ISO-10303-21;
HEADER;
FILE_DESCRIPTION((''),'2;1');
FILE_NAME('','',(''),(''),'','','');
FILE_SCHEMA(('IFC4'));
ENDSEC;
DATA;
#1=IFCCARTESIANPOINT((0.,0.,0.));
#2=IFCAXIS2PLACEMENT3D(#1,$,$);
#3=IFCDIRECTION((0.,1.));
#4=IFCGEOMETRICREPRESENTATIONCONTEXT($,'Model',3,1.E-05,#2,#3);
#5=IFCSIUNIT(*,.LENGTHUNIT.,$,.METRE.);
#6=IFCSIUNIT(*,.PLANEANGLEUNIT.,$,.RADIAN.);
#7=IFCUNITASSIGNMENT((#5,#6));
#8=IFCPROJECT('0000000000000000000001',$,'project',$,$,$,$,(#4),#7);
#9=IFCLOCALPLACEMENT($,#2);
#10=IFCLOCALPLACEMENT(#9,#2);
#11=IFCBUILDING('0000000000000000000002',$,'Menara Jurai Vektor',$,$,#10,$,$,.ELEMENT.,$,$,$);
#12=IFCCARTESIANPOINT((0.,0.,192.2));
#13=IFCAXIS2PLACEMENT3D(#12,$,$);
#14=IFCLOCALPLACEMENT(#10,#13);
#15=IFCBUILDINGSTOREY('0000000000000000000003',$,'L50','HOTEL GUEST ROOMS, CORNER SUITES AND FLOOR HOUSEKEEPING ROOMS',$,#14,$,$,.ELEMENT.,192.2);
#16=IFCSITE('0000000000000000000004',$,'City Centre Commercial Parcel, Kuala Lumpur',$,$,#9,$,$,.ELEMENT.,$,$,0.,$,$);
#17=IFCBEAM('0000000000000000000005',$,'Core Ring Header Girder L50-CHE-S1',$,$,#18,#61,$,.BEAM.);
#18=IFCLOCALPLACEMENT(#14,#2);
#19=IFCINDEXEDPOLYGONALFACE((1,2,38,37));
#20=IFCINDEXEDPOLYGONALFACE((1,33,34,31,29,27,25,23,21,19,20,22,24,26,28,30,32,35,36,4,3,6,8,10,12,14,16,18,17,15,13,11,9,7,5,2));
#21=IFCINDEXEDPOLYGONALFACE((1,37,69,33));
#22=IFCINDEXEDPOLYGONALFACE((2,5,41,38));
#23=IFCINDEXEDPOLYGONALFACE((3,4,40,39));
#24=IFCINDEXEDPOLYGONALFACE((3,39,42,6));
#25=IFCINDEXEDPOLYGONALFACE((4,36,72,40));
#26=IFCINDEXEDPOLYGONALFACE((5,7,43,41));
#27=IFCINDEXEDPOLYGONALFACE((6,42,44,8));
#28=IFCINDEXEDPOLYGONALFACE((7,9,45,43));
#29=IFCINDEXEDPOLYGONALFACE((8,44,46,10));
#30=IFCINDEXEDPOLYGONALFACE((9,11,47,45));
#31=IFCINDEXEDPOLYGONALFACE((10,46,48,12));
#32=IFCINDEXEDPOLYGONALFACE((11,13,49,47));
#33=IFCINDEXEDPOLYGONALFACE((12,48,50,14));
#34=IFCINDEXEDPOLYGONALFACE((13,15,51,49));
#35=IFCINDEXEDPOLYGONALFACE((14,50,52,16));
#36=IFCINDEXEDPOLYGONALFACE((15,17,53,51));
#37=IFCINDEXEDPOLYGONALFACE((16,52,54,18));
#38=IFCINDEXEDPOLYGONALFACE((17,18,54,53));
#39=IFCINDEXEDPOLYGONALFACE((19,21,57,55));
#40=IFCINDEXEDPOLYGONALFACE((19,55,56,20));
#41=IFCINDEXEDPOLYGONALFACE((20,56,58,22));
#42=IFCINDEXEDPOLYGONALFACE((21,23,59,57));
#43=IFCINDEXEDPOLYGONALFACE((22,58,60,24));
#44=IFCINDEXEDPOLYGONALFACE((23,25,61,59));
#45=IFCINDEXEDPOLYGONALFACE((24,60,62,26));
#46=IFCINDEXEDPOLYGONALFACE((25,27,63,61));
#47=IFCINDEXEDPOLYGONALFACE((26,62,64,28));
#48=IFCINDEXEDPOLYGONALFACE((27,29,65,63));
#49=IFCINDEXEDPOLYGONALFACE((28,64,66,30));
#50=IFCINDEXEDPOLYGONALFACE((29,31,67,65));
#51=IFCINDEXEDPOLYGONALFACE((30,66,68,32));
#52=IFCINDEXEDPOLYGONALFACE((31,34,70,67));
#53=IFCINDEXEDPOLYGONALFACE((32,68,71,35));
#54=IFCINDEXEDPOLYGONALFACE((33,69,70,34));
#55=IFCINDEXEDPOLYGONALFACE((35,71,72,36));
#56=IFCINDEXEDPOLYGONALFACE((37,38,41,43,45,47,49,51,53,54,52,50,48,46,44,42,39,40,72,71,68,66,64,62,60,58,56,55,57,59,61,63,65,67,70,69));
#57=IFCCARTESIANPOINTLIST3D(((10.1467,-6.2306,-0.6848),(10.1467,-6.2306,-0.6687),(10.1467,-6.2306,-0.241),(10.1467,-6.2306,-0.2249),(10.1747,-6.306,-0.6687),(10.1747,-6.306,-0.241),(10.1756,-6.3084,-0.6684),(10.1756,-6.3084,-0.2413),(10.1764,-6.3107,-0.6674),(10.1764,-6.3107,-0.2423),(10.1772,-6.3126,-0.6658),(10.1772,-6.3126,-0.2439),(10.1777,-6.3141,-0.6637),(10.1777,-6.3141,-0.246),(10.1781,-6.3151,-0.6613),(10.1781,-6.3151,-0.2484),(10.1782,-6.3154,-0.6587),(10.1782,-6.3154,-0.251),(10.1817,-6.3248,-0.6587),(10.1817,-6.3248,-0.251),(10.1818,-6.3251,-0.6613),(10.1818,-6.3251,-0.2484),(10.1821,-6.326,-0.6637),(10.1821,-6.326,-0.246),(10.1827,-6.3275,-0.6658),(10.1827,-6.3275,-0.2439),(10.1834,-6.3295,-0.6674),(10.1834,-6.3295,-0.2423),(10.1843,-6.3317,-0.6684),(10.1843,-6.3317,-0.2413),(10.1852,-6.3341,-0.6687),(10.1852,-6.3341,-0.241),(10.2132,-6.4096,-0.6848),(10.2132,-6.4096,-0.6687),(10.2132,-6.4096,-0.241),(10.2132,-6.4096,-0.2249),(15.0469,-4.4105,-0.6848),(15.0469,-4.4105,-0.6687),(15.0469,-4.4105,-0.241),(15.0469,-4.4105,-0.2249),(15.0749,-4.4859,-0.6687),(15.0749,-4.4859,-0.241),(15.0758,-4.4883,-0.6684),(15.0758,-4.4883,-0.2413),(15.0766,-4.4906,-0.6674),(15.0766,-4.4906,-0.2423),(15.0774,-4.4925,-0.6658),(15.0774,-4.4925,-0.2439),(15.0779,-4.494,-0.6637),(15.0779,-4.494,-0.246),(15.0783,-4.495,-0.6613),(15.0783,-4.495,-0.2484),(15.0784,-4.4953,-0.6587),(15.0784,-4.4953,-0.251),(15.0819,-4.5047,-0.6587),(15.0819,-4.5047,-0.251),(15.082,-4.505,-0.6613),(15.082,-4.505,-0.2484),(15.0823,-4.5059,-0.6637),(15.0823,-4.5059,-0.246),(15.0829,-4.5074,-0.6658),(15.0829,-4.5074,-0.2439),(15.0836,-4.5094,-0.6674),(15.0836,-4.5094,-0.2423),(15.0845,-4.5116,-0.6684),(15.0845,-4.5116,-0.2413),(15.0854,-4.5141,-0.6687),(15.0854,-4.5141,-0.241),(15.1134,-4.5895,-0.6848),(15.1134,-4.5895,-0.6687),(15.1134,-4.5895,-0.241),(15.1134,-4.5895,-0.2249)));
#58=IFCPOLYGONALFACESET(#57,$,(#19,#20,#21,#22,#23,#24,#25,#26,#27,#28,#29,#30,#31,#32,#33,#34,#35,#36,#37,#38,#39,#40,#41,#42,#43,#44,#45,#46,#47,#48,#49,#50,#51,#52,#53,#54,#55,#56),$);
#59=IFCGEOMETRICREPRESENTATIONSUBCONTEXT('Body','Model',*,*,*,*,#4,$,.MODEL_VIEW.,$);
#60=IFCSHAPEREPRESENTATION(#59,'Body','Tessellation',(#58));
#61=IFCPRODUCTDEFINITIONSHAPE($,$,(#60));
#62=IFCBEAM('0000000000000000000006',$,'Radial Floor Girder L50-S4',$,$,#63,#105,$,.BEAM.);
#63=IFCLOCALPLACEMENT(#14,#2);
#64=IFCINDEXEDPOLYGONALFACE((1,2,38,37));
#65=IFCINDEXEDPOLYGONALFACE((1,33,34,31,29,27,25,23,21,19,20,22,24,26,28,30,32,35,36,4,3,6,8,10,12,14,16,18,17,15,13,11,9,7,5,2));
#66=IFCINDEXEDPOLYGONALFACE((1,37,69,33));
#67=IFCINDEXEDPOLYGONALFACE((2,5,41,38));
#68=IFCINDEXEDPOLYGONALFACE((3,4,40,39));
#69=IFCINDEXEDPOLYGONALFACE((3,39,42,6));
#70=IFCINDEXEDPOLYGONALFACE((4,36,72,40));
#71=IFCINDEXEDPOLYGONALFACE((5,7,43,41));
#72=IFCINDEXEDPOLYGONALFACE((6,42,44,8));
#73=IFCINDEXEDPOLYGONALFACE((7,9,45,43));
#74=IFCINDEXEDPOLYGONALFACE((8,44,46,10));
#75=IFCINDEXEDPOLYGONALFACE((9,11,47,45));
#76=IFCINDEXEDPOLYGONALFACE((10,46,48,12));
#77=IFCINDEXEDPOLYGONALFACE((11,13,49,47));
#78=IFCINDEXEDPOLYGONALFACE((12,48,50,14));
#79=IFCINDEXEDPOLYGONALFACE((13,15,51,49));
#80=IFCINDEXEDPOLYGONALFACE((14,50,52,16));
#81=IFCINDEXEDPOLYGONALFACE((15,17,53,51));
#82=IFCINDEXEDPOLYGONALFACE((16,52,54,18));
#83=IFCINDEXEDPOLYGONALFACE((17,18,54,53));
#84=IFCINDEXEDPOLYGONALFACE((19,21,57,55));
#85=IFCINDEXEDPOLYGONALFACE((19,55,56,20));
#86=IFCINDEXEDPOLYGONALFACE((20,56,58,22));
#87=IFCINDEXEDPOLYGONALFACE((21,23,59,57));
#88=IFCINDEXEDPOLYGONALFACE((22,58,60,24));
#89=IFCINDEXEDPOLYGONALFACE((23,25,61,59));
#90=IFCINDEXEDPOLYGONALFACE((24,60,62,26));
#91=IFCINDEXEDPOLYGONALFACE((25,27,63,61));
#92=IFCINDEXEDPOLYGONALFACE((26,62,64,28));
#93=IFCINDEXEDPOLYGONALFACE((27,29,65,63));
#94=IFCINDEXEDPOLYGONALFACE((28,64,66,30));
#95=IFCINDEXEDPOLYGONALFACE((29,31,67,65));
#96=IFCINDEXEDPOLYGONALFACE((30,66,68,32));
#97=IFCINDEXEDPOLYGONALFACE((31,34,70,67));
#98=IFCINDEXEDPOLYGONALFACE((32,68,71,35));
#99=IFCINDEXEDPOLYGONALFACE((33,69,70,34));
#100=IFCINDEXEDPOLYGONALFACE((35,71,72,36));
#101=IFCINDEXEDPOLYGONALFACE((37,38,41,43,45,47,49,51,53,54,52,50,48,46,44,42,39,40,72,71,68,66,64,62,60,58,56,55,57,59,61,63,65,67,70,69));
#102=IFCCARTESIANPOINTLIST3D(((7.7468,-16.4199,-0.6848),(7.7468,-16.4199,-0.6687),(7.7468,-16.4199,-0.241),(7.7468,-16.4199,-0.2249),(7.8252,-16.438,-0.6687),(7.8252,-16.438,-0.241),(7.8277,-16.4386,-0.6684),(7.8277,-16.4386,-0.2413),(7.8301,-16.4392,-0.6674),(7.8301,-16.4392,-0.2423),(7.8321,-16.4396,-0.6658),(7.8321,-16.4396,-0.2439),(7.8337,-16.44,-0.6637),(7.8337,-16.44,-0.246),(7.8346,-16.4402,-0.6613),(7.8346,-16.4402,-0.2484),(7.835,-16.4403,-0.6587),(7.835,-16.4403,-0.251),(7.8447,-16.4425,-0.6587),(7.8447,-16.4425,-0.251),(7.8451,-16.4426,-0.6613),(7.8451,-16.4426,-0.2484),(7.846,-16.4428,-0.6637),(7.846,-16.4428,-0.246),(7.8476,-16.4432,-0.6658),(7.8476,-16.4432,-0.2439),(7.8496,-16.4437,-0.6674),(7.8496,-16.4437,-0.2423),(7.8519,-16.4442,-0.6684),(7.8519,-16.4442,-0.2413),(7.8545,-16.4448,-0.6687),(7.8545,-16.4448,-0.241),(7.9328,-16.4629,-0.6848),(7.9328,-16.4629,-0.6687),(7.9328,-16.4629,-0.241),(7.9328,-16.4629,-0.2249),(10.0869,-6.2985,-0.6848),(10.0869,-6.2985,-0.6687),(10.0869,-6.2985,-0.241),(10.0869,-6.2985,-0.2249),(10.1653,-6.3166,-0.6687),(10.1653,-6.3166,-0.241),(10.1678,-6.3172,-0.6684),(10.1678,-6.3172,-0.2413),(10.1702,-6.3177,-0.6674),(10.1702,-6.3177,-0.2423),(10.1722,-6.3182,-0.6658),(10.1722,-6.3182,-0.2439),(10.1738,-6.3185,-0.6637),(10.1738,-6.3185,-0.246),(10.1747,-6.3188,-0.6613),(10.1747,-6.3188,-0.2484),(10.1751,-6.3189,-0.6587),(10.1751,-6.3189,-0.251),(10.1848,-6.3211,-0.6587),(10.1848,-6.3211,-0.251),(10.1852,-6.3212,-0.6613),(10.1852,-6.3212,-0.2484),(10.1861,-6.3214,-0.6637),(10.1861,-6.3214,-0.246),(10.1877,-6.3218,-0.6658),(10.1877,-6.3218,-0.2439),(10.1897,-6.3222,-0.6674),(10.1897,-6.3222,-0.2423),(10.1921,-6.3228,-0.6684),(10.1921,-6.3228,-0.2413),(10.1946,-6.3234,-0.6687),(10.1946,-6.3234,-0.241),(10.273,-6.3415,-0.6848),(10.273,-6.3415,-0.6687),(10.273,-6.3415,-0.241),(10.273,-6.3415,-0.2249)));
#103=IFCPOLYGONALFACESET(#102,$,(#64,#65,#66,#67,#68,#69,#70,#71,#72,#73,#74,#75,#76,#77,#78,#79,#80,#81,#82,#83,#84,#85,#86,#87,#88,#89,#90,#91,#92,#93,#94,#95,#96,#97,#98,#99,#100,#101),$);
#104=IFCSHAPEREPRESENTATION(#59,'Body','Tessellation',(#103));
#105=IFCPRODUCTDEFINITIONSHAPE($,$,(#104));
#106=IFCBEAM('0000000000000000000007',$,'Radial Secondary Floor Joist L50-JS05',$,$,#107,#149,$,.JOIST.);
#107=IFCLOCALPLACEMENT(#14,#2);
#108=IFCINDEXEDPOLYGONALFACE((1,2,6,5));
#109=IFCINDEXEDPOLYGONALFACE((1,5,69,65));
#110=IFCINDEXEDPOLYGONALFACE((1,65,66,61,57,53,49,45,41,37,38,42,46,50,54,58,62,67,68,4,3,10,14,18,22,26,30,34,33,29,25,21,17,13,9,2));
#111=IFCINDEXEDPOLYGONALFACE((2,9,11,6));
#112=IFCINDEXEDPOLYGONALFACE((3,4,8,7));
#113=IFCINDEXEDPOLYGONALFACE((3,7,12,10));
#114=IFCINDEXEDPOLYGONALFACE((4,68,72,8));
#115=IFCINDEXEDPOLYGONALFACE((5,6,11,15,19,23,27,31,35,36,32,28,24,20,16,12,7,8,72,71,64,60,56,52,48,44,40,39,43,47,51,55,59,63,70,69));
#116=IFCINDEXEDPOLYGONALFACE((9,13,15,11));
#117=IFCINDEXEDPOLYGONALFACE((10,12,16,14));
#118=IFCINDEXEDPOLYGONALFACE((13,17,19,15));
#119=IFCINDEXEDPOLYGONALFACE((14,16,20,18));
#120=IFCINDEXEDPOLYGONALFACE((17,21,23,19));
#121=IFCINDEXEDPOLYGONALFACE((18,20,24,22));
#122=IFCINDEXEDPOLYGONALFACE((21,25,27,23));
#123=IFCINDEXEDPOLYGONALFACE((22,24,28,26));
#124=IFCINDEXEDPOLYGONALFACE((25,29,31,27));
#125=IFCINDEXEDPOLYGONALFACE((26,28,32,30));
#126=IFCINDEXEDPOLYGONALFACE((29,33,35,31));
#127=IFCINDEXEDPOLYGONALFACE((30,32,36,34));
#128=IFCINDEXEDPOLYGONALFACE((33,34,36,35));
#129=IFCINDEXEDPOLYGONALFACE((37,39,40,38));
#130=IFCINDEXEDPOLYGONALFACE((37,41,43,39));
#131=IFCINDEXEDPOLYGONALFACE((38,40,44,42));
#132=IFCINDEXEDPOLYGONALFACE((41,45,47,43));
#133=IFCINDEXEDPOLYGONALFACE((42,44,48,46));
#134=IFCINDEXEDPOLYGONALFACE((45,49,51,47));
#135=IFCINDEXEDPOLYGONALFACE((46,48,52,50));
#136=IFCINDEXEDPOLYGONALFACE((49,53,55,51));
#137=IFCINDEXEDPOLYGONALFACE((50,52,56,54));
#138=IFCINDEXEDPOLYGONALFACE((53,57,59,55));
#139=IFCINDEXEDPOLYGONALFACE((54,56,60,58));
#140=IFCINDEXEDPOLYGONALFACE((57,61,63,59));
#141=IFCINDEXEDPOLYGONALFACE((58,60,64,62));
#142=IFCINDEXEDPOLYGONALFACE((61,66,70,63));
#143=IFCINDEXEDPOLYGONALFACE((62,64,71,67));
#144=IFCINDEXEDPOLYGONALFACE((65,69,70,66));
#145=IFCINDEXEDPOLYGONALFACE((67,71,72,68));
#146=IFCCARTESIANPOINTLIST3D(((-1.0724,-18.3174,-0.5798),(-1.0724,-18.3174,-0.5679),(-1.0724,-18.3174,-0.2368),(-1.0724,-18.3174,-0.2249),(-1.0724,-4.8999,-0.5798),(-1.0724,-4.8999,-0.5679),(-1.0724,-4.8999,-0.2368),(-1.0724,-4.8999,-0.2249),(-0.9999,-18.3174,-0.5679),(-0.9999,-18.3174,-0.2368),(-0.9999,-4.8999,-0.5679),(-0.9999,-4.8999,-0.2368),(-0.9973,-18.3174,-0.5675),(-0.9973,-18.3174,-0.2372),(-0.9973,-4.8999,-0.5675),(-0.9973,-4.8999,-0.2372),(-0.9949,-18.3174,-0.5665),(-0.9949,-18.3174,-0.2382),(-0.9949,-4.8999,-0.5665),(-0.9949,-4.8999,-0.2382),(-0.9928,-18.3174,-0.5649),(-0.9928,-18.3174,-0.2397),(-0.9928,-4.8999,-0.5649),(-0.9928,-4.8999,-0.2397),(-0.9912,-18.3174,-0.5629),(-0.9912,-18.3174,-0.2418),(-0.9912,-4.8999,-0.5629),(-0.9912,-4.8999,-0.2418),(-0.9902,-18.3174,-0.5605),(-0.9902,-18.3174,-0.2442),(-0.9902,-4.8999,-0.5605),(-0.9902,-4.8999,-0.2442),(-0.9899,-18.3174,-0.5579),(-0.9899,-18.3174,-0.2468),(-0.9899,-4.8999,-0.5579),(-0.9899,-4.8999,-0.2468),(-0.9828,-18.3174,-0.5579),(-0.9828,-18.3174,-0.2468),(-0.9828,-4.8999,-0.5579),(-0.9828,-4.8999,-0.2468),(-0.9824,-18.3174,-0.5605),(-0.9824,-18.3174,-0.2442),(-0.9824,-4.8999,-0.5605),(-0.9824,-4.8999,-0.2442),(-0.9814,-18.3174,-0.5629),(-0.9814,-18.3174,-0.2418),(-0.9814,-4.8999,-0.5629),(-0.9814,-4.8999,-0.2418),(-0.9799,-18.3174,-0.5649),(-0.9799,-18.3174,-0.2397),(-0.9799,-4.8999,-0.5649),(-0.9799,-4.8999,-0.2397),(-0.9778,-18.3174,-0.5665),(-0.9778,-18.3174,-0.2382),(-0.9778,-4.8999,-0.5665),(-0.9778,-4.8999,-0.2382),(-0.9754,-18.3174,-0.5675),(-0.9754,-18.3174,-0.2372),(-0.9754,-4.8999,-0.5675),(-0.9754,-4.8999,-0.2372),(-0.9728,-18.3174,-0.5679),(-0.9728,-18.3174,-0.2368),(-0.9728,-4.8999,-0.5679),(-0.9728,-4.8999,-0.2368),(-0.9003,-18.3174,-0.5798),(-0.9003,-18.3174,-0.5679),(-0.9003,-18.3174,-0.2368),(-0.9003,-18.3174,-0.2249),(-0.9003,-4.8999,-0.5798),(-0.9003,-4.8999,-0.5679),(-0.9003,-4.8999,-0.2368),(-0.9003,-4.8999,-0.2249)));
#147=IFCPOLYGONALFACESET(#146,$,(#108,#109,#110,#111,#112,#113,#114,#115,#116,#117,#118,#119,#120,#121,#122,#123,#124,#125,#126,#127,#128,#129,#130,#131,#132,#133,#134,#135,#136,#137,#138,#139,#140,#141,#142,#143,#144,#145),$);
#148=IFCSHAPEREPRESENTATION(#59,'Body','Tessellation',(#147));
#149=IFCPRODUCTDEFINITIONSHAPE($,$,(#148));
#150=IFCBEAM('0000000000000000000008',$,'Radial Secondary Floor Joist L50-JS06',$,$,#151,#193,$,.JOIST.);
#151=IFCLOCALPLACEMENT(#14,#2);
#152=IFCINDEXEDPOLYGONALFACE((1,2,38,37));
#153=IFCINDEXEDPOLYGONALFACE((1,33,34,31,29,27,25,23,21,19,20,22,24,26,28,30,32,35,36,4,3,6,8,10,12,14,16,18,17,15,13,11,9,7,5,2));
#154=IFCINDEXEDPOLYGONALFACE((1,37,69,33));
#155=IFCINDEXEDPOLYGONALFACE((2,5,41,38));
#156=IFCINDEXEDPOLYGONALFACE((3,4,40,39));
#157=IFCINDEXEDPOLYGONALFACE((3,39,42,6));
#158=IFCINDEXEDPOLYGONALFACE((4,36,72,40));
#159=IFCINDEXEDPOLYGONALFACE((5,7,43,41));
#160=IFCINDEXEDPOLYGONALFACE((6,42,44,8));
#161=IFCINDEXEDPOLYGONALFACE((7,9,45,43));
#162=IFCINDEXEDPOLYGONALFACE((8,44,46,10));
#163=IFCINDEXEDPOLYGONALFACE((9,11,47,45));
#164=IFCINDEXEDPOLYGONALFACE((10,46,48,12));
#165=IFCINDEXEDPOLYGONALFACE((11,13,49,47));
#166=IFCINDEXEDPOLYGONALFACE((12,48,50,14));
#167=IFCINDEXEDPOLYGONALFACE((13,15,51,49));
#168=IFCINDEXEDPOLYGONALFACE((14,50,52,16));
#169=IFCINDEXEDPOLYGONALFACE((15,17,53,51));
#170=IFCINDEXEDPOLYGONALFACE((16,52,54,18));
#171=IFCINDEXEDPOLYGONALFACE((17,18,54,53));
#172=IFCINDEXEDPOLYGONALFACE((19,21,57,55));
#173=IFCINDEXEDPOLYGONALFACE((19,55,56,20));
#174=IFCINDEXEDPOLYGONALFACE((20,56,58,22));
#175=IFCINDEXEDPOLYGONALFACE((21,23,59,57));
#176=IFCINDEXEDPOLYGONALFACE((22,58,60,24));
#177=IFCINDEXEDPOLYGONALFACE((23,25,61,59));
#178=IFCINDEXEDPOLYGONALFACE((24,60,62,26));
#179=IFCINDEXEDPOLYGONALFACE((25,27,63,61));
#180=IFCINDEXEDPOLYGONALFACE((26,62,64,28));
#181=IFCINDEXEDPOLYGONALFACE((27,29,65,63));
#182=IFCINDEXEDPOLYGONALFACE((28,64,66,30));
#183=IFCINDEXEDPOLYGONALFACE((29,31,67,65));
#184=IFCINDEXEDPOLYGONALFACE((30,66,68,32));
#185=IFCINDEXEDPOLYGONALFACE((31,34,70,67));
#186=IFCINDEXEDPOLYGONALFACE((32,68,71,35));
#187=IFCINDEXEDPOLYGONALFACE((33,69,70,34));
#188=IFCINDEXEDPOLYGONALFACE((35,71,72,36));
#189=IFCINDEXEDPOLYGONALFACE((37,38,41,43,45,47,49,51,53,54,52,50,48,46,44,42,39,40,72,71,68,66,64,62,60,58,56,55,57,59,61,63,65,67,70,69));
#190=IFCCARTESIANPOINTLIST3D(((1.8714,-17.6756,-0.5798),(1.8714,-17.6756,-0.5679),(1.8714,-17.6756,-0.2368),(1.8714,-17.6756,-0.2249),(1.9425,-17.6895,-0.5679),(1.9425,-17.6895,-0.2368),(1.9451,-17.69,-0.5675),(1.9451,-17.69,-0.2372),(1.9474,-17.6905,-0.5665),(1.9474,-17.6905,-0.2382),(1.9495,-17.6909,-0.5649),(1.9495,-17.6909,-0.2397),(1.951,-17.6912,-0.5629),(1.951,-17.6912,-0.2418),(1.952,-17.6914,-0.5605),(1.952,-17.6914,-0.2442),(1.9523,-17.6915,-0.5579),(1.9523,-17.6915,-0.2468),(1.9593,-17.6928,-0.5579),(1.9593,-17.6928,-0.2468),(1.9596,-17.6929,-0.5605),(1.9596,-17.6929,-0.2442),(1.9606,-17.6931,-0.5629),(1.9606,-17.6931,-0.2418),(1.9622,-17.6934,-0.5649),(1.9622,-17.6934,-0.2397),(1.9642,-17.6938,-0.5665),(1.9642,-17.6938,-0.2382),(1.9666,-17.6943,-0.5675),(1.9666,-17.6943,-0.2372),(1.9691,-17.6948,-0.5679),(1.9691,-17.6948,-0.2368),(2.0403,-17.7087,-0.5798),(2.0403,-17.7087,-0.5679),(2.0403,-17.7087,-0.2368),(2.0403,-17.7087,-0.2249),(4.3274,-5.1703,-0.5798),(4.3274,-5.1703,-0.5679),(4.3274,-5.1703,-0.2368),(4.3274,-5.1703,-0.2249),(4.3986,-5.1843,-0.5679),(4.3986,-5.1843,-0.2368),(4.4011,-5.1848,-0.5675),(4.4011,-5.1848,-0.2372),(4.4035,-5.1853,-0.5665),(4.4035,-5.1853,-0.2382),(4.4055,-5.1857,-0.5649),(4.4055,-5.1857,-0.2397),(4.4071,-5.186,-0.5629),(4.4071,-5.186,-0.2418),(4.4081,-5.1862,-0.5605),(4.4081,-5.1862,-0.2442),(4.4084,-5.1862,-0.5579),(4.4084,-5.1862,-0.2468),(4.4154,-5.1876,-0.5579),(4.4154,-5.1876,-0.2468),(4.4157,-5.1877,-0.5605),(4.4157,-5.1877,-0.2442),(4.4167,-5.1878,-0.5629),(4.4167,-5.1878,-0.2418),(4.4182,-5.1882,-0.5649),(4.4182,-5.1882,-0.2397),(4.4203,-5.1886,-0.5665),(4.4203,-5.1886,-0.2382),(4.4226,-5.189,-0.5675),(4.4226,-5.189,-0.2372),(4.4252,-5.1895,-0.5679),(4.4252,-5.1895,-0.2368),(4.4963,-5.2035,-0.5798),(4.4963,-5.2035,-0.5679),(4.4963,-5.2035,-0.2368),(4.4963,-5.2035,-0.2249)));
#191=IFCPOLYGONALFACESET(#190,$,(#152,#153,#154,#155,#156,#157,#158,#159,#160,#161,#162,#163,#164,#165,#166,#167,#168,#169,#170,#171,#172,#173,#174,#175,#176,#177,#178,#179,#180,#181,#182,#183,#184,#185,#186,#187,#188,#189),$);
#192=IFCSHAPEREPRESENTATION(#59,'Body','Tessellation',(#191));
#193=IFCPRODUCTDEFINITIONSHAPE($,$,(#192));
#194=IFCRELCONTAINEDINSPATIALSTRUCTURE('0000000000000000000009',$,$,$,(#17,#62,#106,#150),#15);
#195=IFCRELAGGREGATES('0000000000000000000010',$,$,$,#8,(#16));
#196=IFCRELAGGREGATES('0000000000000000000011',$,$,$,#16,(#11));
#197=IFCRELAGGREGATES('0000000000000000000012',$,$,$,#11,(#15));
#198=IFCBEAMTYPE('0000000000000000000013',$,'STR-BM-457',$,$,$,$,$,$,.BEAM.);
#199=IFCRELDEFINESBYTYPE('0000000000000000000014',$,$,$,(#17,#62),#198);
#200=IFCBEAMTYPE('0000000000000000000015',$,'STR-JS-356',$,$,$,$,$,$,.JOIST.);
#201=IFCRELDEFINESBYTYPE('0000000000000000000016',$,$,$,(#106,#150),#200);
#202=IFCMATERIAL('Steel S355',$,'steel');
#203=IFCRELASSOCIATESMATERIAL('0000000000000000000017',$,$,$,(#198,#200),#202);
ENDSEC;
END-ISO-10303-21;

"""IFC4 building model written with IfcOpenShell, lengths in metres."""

from ifc_helpers import new_model, si_unit, direction, frame, origin, origin_2d, place, context, subcontext, project, spatial, i_section, extrude, material, material_profile, profile_set, type_object, element, save


model = new_model("IFC4")

# Units and contexts
model_context = context("Model", 3, precision=1e-05, world=origin(), true_north=direction((0.0, 1.0)))
body_context = subcontext(model_context, "Body", "Model", "MODEL_VIEW")
ifc_project = project(units=[si_unit("LENGTHUNIT", "METRE"), si_unit("PLANEANGLEUNIT", "RADIAN")], contexts=[model_context])

# Site, building, storey
site_placement = place(None, origin())
site = spatial("IfcSite", under=ifc_project, at=site_placement, Name="City Centre Commercial Parcel, Kuala Lumpur", CompositionType="ELEMENT", RefElevation=0.0)
building_placement = place(site_placement, origin())
building = spatial("IfcBuilding", under=site, at=building_placement, Name="Menara Jurai Vektor", CompositionType="ELEMENT")
storey_placement = place(building_placement, frame((0.0, 0.0, 192.2)))
storey = spatial("IfcBuildingStorey", under=building, at=storey_placement, Name="L50", Description="HOTEL GUEST ROOMS, CORNER SUITES AND FLOOR HOUSEKEEPING ROOMS", CompositionType="ELEMENT", Elevation=192.2)

# Beams
ifc_material_1 = material(Name="Steel S355", Category="steel")
ifc_material_profile_1 = material_profile(ifc_material_1, i_section(OverallWidth=0.1909, OverallDepth=0.46, WebThickness=0.01, FlangeThickness=0.0161, FilletRadius=0.01, at=origin_2d()), Name="UKB 457x191x82")
ifc_profile_set_1 = profile_set([ifc_material_profile_1], Name="Steel S355")
beam_type_1 = type_object("IfcBeamType", Name="STR-BM-457", PredefinedType="BEAM", material=ifc_profile_set_1)
beam_1_placement = place(storey_placement, frame((10.1799, -6.3201, -0.4548), z_axis=(0.937424, 0.348189, 0.0), x_axis=(-0.348189, 0.937424, 0.0)))
element("IfcBeam", 1, at=beam_1_placement, inside=storey, type_object=beam_type_1, Name="Core Ring Header Girder L50-CHE-S1", PredefinedType="BEAM", context=body_context, shape_type="SweptSolid", body=[
    extrude(i_section(OverallWidth=0.1909, OverallDepth=0.46, WebThickness=0.01, FlangeThickness=0.0161, FilletRadius=0.01, at=origin_2d()), origin(), (0.0, 0.0, 1.0), 5.2273),
])
beam_2_placement = place(storey_placement, frame((7.8398, -16.4414, -0.4548), z_axis=(0.225261, 0.974298, 0.0), x_axis=(-0.974298, 0.225261, 0.0)))
element("IfcBeam", 2, at=beam_2_placement, inside=storey, type_object=beam_type_1, Name="Radial Floor Girder L50-S4", PredefinedType="BEAM", context=body_context, shape_type="SweptSolid", body=[
    extrude(i_section(OverallWidth=0.1909, OverallDepth=0.46, WebThickness=0.01, FlangeThickness=0.0161, FilletRadius=0.01, at=origin_2d()), origin(), (0.0, 0.0, 1.0), 10.3884),
])
ifc_material_profile_2 = material_profile(ifc_material_1, i_section(OverallWidth=0.1721, OverallDepth=0.355, WebThickness=0.0071, FlangeThickness=0.012, FilletRadius=0.01, at=origin_2d()), Name="UKB 356x171x51")
ifc_profile_set_2 = profile_set([ifc_material_profile_2], Name="Steel S355")
beam_type_2 = type_object("IfcBeamType", Name="STR-JS-356", PredefinedType="JOIST", material=ifc_profile_set_2)
beam_3_placement = place(storey_placement, frame((-0.9863, -18.3174, -0.4023), z_axis=(0.0, 1.0, 0.0), x_axis=(-1.0, 0.0, 0.0)))
element("IfcBeam", 3, at=beam_3_placement, inside=storey, type_object=beam_type_2, Name="Radial Secondary Floor Joist L50-JS05", PredefinedType="JOIST", context=body_context, shape_type="SweptSolid", body=[
    extrude(i_section(OverallWidth=0.1721, OverallDepth=0.355, WebThickness=0.0071, FlangeThickness=0.012, FilletRadius=0.01, at=origin_2d()), origin(), (0.0, 0.0, 1.0), 13.4175),
])
beam_4_placement = place(storey_placement, frame((1.9558, -17.6921, -0.4023), z_axis=(0.192722, 0.981253, 0.0), x_axis=(-0.981253, 0.192722, 0.0)))
element("IfcBeam", 4, at=beam_4_placement, inside=storey, type_object=beam_type_2, Name="Radial Secondary Floor Joist L50-JS06", PredefinedType="JOIST", context=body_context, shape_type="SweptSolid", body=[
    extrude(i_section(OverallWidth=0.1721, OverallDepth=0.355, WebThickness=0.0071, FlangeThickness=0.012, FilletRadius=0.01, at=origin_2d()), origin(), (0.0, 0.0, 1.0), 12.7441),
])

save(model, "model.ifc")
